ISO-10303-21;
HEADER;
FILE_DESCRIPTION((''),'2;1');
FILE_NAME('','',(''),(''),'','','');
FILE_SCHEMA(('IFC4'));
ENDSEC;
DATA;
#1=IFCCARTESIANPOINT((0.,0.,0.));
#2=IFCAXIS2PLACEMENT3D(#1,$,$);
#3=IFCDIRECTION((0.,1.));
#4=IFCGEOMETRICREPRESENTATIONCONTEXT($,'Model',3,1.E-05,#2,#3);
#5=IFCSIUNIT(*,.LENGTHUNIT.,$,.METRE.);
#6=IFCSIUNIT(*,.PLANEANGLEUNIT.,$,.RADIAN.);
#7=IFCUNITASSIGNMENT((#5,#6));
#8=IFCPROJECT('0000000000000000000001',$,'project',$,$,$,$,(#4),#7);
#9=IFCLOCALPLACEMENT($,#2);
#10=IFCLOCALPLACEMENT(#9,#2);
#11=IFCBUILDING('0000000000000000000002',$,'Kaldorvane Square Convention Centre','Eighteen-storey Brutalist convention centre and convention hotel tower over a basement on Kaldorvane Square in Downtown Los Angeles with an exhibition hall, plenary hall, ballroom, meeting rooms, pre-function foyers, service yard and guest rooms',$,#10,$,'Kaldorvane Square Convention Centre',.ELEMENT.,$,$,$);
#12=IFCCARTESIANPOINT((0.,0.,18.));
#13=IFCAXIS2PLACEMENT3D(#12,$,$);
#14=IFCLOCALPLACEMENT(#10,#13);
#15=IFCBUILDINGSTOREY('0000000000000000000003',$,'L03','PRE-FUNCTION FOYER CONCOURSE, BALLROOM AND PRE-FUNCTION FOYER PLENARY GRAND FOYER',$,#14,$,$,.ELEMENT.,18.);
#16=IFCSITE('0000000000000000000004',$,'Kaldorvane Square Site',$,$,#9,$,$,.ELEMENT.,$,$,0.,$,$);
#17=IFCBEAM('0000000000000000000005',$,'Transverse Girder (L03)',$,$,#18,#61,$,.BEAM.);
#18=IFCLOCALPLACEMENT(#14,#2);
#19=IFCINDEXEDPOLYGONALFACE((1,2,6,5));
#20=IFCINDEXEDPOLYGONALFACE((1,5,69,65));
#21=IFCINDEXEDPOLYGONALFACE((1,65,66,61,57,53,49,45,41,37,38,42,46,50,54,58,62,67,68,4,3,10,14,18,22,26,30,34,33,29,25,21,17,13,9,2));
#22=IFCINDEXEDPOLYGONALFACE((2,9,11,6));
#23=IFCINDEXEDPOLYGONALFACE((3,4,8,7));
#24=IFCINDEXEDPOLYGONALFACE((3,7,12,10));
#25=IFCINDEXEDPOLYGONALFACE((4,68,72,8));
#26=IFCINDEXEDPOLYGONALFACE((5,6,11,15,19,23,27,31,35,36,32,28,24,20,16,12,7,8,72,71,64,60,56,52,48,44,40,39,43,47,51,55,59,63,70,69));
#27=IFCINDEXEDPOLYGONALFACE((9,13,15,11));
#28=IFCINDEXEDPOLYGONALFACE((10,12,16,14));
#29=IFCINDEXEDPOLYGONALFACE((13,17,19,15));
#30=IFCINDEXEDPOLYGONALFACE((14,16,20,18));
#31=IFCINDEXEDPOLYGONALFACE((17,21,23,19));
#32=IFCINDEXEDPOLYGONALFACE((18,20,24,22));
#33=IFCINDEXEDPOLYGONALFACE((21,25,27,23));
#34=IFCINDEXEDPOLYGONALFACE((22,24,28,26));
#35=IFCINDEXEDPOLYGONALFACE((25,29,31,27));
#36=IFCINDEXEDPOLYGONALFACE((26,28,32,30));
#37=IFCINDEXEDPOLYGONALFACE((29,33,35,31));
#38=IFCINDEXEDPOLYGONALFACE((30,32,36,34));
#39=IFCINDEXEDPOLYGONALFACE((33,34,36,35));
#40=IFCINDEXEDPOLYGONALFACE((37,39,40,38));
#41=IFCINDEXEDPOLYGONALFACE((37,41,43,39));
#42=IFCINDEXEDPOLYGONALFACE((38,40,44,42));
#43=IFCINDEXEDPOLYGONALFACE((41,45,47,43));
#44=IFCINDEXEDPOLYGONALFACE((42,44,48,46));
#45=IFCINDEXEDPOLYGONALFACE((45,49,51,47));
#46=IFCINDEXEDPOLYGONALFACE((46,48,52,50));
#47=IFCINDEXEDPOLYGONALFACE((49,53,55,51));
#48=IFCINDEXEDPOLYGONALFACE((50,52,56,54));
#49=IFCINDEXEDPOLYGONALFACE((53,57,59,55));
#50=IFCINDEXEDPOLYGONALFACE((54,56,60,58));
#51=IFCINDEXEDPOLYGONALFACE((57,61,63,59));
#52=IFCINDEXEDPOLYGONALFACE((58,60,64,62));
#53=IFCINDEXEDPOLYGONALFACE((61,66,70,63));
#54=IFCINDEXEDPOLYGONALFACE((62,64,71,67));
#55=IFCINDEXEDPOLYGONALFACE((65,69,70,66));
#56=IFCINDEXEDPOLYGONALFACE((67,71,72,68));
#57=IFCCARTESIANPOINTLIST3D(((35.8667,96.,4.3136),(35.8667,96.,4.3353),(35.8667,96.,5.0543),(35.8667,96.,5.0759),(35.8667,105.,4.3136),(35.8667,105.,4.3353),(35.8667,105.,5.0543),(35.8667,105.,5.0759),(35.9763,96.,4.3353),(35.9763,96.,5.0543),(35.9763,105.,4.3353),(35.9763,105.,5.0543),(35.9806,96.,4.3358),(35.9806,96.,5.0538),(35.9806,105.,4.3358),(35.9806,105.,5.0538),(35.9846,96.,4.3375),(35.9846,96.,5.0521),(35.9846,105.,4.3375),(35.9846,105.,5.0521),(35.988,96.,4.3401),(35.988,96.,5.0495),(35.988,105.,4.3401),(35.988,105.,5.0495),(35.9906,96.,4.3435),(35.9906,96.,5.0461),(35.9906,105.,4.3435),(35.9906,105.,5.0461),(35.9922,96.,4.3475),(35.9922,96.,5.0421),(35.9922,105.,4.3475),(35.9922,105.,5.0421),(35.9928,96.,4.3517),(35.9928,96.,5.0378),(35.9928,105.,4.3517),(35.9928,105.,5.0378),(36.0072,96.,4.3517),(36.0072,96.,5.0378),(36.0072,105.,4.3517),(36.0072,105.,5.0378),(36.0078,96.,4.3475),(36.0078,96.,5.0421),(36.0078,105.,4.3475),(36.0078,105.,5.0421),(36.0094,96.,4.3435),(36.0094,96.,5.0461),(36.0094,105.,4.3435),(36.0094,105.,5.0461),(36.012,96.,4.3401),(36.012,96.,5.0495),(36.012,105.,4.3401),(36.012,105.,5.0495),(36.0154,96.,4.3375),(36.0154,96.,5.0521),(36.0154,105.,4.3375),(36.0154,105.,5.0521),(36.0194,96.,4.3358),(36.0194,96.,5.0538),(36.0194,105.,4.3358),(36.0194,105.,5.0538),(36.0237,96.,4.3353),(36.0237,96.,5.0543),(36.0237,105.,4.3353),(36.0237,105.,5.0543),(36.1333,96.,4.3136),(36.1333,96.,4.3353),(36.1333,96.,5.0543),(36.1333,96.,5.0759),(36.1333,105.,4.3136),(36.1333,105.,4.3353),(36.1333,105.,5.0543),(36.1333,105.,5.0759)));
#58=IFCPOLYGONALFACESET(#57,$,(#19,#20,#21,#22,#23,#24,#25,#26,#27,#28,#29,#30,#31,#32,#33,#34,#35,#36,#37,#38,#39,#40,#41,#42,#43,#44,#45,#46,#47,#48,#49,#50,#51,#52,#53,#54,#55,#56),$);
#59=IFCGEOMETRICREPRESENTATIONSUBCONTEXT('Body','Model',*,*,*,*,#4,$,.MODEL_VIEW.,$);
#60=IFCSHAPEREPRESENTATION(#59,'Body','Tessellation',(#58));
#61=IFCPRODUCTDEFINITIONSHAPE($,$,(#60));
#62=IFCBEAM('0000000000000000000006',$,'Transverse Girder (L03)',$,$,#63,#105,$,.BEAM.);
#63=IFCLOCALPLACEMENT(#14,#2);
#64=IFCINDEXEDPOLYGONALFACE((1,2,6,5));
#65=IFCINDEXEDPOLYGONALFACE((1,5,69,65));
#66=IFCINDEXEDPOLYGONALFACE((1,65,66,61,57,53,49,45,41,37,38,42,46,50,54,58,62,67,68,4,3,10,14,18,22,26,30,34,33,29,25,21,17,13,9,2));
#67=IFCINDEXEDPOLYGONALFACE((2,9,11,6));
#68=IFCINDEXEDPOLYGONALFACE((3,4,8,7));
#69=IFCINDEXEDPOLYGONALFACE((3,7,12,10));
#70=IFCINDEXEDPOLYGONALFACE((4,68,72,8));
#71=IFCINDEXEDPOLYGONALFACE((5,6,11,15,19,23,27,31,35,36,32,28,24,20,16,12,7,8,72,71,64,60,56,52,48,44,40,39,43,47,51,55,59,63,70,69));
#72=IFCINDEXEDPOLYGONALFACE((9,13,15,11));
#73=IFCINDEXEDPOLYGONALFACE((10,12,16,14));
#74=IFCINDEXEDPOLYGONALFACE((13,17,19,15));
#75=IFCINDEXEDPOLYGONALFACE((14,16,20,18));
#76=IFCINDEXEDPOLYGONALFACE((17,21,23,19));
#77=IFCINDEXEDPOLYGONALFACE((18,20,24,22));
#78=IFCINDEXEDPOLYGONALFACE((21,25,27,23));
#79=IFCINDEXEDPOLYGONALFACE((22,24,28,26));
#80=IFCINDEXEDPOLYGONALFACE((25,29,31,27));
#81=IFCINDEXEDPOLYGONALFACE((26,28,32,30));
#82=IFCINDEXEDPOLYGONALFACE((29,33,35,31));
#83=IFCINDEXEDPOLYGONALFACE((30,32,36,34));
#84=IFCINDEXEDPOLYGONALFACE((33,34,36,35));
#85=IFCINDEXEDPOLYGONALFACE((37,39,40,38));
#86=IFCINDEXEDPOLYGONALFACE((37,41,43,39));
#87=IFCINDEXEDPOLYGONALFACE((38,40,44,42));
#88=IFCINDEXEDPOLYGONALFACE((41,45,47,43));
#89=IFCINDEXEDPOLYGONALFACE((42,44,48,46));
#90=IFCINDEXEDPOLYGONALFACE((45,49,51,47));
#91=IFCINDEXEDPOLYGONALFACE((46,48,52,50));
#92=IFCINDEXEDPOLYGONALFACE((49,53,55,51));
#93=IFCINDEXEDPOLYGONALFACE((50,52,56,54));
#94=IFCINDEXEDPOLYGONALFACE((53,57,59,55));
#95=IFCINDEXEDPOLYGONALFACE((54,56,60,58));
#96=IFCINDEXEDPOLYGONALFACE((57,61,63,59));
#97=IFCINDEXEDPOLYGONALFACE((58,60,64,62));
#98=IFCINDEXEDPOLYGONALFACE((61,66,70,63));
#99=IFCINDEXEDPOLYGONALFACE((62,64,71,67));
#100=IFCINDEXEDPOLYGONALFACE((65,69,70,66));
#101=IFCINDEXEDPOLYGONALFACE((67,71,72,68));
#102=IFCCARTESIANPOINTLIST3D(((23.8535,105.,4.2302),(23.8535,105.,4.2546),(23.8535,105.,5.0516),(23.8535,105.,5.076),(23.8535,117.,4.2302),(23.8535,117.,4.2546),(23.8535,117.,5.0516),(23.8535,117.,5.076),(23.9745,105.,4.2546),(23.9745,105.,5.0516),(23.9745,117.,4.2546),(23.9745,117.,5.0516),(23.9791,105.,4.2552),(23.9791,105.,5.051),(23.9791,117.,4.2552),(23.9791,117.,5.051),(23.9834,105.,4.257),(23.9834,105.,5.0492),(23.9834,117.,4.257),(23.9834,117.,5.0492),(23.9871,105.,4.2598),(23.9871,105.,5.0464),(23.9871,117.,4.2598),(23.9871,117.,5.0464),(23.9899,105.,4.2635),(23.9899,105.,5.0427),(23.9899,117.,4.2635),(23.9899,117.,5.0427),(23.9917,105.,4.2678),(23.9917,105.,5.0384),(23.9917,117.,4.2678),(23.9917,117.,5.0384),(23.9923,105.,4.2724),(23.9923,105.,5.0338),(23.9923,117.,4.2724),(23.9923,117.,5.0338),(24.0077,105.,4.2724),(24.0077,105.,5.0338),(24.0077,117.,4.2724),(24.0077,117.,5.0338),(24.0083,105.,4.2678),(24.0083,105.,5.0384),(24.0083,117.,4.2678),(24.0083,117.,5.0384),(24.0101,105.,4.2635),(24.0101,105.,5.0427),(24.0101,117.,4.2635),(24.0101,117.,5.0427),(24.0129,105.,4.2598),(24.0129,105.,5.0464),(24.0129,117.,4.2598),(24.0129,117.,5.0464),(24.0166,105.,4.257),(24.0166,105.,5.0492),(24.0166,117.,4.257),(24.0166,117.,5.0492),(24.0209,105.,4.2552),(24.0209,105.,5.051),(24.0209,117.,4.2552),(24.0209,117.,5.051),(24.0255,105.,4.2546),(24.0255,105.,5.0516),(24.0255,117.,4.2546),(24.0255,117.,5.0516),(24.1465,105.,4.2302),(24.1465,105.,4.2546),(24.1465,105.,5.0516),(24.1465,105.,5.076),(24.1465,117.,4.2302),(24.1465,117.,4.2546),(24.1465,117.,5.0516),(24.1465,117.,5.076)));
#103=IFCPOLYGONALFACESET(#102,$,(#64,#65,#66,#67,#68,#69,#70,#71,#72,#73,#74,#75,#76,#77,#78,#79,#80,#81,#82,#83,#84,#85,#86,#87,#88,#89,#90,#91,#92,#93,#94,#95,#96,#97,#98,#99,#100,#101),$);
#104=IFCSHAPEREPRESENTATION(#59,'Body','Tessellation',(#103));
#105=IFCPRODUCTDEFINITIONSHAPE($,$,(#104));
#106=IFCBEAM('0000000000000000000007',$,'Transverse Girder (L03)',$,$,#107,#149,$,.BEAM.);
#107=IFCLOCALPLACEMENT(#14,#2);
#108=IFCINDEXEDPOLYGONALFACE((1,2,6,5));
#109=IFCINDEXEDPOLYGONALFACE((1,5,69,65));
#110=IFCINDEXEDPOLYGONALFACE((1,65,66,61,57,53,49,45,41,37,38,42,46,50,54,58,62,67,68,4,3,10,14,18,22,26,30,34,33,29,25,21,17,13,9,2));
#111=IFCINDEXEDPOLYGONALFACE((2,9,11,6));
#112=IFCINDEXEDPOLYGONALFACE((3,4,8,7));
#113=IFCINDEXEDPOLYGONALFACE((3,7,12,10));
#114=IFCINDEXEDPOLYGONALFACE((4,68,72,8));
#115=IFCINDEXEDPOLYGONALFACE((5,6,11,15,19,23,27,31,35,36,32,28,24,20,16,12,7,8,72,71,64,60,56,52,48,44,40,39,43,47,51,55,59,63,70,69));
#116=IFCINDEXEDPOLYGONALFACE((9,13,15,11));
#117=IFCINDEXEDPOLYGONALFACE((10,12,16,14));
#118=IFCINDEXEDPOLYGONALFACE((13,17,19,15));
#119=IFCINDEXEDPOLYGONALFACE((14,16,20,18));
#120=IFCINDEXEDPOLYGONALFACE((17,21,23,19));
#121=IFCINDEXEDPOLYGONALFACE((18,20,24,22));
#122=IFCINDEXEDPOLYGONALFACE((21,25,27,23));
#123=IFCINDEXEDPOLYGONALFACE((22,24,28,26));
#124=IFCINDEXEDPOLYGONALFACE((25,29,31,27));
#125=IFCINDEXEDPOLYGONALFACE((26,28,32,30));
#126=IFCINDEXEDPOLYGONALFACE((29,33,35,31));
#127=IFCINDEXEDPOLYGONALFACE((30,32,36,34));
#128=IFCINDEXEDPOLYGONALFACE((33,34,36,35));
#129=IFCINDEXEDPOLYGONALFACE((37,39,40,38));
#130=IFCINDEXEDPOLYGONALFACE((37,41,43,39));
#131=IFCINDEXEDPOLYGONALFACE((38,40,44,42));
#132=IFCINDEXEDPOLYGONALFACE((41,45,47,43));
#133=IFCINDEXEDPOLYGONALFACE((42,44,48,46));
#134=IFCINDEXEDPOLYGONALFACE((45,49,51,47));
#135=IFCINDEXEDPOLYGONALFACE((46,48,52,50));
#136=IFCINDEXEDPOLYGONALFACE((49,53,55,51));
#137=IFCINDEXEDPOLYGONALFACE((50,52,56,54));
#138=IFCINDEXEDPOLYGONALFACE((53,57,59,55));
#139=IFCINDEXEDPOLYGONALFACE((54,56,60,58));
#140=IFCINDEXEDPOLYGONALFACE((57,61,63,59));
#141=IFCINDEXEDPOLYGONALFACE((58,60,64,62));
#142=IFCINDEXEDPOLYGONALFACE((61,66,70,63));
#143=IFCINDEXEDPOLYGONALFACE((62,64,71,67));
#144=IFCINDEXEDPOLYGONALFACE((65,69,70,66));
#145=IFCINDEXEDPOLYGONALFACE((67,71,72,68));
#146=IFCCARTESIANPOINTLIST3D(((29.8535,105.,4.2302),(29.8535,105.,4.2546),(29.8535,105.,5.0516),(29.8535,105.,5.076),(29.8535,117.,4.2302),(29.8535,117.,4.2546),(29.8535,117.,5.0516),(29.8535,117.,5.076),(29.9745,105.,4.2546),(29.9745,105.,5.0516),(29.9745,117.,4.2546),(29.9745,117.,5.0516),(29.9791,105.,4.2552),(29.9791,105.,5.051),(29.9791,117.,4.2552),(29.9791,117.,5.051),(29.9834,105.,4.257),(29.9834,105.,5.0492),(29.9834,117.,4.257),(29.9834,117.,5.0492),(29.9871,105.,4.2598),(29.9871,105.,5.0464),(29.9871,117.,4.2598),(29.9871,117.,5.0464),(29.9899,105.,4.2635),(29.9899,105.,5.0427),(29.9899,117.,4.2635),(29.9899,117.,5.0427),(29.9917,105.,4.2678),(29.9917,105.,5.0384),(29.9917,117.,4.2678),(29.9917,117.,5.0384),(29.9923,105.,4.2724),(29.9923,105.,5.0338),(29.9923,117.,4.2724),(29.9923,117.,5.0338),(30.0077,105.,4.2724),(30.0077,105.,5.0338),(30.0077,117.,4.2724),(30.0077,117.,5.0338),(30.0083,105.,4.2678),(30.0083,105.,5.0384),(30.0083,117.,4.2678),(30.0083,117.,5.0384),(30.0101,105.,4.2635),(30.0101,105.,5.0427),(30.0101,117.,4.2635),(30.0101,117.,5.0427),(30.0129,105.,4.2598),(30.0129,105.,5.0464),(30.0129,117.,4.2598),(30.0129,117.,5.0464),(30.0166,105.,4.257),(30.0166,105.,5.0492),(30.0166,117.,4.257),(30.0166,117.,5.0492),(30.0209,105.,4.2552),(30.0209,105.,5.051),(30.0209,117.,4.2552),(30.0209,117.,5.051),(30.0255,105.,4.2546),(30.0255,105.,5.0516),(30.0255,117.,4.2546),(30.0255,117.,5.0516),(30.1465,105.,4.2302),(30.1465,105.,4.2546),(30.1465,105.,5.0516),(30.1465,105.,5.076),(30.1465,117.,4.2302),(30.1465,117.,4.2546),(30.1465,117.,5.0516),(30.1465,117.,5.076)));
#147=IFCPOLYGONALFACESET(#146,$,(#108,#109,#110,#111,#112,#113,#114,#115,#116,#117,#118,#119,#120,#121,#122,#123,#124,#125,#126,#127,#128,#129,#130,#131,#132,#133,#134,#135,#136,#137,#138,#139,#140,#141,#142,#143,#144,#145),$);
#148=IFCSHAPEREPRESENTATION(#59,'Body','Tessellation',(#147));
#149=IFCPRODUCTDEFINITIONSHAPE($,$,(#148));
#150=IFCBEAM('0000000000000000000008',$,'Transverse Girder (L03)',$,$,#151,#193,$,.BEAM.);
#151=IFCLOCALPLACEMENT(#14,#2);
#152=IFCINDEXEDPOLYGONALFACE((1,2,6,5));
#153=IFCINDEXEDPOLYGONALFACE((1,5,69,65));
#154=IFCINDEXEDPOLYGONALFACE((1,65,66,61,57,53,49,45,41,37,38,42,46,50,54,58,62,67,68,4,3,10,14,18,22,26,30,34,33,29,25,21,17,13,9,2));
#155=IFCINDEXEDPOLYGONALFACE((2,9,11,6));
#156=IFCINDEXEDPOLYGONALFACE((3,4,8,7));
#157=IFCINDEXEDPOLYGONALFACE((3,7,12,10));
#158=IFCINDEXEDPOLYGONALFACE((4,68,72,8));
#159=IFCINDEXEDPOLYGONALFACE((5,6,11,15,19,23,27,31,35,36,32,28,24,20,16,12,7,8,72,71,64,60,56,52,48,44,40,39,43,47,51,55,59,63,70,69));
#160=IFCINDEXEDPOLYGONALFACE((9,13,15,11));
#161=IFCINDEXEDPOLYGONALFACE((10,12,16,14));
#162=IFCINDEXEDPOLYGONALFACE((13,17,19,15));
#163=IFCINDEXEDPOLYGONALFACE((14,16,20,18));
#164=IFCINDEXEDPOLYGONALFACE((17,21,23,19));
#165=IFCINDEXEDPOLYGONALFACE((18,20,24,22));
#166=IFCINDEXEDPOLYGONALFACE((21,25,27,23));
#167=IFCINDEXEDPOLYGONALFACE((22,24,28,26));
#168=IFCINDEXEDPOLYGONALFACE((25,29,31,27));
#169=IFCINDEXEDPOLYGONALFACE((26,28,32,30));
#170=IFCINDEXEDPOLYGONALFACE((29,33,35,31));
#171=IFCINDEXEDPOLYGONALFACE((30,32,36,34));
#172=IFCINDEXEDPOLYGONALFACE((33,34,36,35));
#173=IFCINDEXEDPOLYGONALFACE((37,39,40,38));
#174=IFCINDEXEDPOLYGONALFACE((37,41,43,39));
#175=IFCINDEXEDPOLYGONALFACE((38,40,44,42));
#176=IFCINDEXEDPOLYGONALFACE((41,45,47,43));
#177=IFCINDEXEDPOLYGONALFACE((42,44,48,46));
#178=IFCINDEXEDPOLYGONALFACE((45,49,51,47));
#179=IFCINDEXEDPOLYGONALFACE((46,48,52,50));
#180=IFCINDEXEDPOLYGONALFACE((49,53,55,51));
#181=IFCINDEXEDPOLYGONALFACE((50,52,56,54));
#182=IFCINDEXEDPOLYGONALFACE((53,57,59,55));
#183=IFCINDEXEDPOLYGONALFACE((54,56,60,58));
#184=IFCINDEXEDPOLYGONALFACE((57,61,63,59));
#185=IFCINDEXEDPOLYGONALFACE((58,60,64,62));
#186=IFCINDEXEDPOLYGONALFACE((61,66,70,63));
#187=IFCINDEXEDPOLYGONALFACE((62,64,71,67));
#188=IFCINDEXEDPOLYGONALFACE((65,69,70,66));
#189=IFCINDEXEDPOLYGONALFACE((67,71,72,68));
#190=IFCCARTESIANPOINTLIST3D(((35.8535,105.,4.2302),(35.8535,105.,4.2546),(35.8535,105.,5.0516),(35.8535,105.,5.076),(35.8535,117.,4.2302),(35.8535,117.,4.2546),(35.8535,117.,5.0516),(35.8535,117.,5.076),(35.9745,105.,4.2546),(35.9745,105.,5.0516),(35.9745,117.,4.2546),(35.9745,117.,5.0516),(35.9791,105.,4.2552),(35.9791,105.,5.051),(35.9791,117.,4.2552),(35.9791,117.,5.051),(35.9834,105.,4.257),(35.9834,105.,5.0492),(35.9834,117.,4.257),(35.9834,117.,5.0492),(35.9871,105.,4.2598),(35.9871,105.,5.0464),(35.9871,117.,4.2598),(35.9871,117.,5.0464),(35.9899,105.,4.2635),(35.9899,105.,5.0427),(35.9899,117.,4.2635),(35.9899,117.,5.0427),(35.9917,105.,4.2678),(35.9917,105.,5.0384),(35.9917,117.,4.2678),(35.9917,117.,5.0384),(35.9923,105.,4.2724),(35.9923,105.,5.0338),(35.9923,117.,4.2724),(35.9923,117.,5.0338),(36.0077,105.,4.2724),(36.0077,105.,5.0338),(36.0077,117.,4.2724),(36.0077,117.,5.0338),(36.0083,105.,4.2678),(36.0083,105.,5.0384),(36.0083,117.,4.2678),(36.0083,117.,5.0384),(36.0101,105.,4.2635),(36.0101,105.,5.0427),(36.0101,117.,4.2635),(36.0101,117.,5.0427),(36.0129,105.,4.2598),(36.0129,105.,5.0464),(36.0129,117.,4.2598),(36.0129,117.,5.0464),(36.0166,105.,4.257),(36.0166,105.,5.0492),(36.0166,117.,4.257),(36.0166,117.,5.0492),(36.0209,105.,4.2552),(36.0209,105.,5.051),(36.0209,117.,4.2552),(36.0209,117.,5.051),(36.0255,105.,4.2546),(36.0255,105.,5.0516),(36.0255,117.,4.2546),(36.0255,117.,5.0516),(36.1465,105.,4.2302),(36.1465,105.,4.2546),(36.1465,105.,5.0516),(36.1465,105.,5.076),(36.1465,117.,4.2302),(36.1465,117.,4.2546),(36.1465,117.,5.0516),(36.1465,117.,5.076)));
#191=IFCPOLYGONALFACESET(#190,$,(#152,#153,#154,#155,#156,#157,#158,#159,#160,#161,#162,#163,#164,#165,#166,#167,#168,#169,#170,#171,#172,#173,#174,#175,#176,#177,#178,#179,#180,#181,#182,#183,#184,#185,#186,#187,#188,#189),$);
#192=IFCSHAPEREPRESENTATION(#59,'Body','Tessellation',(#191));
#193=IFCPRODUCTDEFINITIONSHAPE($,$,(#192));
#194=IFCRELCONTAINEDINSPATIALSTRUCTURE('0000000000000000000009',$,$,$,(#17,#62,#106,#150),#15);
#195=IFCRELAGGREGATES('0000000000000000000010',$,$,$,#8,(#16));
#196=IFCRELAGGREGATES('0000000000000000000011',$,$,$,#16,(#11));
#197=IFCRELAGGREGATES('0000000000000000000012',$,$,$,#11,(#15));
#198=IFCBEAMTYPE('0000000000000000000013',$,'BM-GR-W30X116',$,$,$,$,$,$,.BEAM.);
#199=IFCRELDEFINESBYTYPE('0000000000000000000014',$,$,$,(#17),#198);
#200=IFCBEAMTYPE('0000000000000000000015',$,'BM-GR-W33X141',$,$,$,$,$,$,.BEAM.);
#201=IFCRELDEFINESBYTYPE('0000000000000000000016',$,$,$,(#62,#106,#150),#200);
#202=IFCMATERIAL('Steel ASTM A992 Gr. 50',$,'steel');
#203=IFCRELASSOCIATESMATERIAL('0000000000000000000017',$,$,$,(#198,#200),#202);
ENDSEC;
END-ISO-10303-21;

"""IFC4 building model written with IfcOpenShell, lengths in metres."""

from ifc_helpers import new_model, si_unit, direction, frame, origin, origin_2d, place, context, subcontext, project, spatial, i_section, extrude, material, material_profile, profile_set, type_object, element, save


model = new_model("IFC4")

# Units and contexts
model_context = context("Model", 3, precision=1e-05, world=origin(), true_north=direction((0.0, 1.0)))
body_context = subcontext(model_context, "Body", "Model", "MODEL_VIEW")
ifc_project = project(units=[si_unit("LENGTHUNIT", "METRE"), si_unit("PLANEANGLEUNIT", "RADIAN")], contexts=[model_context])

# Site, building, storey
site_placement = place(None, origin())
site = spatial("IfcSite", under=ifc_project, at=site_placement, Name="Kaldorvane Square Site", CompositionType="ELEMENT", RefElevation=0.0)
building_placement = place(site_placement, origin())
building = spatial("IfcBuilding", under=site, at=building_placement, Name="Kaldorvane Square Convention Centre", Description="Eighteen-storey Brutalist convention centre and convention hotel tower over a basement on Kaldorvane Square in Downtown Los Angeles with an exhibition hall, plenary hall, ballroom, meeting rooms, pre-function foyers, service yard and guest rooms", LongName="Kaldorvane Square Convention Centre", CompositionType="ELEMENT")
storey_placement = place(building_placement, frame((0.0, 0.0, 18.0)))
storey = spatial("IfcBuildingStorey", under=building, at=storey_placement, Name="L03", Description="PRE-FUNCTION FOYER CONCOURSE, BALLROOM AND PRE-FUNCTION FOYER PLENARY GRAND FOYER", CompositionType="ELEMENT", Elevation=18.0)

# Shared definitions
ifc_material_1 = material(Name="Steel ASTM A992 Gr. 50", Category="steel")

# Beams
ifc_material_profile_1 = material_profile(ifc_material_1, i_section(OverallWidth=0.2666, OverallDepth=0.7623, WebThickness=0.0144, FlangeThickness=0.0216, FilletRadius=0.0165, at=origin_2d()), Name="W30X116")
ifc_profile_set_1 = profile_set([ifc_material_profile_1], Name="Steel ASTM A992 Gr. 50")
beam_type_1 = type_object("IfcBeamType", Name="BM-GR-W30X116", PredefinedType="BEAM", material=ifc_profile_set_1)
beam_placement = place(storey_placement, frame((36.0, 96.0, 4.6948), z_axis=(0.0, 1.0, 0.0), x_axis=(-1.0, 0.0, 0.0)))
element("IfcBeam", 1, at=beam_placement, inside=storey, type_object=beam_type_1, Name="Transverse Girder (L03)", PredefinedType="BEAM", context=body_context, shape_type="SweptSolid", body=[
    extrude(i_section(OverallWidth=0.2666, OverallDepth=0.7623, WebThickness=0.0144, FlangeThickness=0.0216, FilletRadius=0.0165, at=origin_2d()), origin(), (0.0, 0.0, 1.0), 9.0),
])
ifc_material_profile_2 = material_profile(ifc_material_1, i_section(OverallWidth=0.293, OverallDepth=0.8458, WebThickness=0.0154, FlangeThickness=0.0244, FilletRadius=0.0178, at=origin_2d()), Name="W33X141")
ifc_profile_set_2 = profile_set([ifc_material_profile_2], Name="Steel ASTM A992 Gr. 50")
beam_type_2 = type_object("IfcBeamType", Name="BM-GR-W33X141", PredefinedType="BEAM", material=ifc_profile_set_2)
for number, where, z_axis, x_axis, name in (
    (2, (24.0, 105.0, 4.6531), (0.0, 1.0, 0.0), (-1.0, 0.0, 0.0), "Transverse Girder (L03)"),
    (3, (30.0, 105.0, 4.6531), (0.0, 1.0, 0.0), (-1.0, 0.0, 0.0), "Transverse Girder (L03)"),
    (4, (36.0, 105.0, 4.6531), (0.0, 1.0, 0.0), (-1.0, 0.0, 0.0), "Transverse Girder (L03)"),
):
    element("IfcBeam", number, at=place(storey_placement, frame(where, z_axis=z_axis, x_axis=x_axis)), inside=storey, type_object=beam_type_2, Name=name, PredefinedType="BEAM", context=body_context, shape_type="SweptSolid", body=[
        extrude(i_section(OverallWidth=0.293, OverallDepth=0.8458, WebThickness=0.0154, FlangeThickness=0.0244, FilletRadius=0.0178, at=origin_2d()), origin(), (0.0, 0.0, 1.0), 12.0),
    ])

save(model, "model.ifc")
